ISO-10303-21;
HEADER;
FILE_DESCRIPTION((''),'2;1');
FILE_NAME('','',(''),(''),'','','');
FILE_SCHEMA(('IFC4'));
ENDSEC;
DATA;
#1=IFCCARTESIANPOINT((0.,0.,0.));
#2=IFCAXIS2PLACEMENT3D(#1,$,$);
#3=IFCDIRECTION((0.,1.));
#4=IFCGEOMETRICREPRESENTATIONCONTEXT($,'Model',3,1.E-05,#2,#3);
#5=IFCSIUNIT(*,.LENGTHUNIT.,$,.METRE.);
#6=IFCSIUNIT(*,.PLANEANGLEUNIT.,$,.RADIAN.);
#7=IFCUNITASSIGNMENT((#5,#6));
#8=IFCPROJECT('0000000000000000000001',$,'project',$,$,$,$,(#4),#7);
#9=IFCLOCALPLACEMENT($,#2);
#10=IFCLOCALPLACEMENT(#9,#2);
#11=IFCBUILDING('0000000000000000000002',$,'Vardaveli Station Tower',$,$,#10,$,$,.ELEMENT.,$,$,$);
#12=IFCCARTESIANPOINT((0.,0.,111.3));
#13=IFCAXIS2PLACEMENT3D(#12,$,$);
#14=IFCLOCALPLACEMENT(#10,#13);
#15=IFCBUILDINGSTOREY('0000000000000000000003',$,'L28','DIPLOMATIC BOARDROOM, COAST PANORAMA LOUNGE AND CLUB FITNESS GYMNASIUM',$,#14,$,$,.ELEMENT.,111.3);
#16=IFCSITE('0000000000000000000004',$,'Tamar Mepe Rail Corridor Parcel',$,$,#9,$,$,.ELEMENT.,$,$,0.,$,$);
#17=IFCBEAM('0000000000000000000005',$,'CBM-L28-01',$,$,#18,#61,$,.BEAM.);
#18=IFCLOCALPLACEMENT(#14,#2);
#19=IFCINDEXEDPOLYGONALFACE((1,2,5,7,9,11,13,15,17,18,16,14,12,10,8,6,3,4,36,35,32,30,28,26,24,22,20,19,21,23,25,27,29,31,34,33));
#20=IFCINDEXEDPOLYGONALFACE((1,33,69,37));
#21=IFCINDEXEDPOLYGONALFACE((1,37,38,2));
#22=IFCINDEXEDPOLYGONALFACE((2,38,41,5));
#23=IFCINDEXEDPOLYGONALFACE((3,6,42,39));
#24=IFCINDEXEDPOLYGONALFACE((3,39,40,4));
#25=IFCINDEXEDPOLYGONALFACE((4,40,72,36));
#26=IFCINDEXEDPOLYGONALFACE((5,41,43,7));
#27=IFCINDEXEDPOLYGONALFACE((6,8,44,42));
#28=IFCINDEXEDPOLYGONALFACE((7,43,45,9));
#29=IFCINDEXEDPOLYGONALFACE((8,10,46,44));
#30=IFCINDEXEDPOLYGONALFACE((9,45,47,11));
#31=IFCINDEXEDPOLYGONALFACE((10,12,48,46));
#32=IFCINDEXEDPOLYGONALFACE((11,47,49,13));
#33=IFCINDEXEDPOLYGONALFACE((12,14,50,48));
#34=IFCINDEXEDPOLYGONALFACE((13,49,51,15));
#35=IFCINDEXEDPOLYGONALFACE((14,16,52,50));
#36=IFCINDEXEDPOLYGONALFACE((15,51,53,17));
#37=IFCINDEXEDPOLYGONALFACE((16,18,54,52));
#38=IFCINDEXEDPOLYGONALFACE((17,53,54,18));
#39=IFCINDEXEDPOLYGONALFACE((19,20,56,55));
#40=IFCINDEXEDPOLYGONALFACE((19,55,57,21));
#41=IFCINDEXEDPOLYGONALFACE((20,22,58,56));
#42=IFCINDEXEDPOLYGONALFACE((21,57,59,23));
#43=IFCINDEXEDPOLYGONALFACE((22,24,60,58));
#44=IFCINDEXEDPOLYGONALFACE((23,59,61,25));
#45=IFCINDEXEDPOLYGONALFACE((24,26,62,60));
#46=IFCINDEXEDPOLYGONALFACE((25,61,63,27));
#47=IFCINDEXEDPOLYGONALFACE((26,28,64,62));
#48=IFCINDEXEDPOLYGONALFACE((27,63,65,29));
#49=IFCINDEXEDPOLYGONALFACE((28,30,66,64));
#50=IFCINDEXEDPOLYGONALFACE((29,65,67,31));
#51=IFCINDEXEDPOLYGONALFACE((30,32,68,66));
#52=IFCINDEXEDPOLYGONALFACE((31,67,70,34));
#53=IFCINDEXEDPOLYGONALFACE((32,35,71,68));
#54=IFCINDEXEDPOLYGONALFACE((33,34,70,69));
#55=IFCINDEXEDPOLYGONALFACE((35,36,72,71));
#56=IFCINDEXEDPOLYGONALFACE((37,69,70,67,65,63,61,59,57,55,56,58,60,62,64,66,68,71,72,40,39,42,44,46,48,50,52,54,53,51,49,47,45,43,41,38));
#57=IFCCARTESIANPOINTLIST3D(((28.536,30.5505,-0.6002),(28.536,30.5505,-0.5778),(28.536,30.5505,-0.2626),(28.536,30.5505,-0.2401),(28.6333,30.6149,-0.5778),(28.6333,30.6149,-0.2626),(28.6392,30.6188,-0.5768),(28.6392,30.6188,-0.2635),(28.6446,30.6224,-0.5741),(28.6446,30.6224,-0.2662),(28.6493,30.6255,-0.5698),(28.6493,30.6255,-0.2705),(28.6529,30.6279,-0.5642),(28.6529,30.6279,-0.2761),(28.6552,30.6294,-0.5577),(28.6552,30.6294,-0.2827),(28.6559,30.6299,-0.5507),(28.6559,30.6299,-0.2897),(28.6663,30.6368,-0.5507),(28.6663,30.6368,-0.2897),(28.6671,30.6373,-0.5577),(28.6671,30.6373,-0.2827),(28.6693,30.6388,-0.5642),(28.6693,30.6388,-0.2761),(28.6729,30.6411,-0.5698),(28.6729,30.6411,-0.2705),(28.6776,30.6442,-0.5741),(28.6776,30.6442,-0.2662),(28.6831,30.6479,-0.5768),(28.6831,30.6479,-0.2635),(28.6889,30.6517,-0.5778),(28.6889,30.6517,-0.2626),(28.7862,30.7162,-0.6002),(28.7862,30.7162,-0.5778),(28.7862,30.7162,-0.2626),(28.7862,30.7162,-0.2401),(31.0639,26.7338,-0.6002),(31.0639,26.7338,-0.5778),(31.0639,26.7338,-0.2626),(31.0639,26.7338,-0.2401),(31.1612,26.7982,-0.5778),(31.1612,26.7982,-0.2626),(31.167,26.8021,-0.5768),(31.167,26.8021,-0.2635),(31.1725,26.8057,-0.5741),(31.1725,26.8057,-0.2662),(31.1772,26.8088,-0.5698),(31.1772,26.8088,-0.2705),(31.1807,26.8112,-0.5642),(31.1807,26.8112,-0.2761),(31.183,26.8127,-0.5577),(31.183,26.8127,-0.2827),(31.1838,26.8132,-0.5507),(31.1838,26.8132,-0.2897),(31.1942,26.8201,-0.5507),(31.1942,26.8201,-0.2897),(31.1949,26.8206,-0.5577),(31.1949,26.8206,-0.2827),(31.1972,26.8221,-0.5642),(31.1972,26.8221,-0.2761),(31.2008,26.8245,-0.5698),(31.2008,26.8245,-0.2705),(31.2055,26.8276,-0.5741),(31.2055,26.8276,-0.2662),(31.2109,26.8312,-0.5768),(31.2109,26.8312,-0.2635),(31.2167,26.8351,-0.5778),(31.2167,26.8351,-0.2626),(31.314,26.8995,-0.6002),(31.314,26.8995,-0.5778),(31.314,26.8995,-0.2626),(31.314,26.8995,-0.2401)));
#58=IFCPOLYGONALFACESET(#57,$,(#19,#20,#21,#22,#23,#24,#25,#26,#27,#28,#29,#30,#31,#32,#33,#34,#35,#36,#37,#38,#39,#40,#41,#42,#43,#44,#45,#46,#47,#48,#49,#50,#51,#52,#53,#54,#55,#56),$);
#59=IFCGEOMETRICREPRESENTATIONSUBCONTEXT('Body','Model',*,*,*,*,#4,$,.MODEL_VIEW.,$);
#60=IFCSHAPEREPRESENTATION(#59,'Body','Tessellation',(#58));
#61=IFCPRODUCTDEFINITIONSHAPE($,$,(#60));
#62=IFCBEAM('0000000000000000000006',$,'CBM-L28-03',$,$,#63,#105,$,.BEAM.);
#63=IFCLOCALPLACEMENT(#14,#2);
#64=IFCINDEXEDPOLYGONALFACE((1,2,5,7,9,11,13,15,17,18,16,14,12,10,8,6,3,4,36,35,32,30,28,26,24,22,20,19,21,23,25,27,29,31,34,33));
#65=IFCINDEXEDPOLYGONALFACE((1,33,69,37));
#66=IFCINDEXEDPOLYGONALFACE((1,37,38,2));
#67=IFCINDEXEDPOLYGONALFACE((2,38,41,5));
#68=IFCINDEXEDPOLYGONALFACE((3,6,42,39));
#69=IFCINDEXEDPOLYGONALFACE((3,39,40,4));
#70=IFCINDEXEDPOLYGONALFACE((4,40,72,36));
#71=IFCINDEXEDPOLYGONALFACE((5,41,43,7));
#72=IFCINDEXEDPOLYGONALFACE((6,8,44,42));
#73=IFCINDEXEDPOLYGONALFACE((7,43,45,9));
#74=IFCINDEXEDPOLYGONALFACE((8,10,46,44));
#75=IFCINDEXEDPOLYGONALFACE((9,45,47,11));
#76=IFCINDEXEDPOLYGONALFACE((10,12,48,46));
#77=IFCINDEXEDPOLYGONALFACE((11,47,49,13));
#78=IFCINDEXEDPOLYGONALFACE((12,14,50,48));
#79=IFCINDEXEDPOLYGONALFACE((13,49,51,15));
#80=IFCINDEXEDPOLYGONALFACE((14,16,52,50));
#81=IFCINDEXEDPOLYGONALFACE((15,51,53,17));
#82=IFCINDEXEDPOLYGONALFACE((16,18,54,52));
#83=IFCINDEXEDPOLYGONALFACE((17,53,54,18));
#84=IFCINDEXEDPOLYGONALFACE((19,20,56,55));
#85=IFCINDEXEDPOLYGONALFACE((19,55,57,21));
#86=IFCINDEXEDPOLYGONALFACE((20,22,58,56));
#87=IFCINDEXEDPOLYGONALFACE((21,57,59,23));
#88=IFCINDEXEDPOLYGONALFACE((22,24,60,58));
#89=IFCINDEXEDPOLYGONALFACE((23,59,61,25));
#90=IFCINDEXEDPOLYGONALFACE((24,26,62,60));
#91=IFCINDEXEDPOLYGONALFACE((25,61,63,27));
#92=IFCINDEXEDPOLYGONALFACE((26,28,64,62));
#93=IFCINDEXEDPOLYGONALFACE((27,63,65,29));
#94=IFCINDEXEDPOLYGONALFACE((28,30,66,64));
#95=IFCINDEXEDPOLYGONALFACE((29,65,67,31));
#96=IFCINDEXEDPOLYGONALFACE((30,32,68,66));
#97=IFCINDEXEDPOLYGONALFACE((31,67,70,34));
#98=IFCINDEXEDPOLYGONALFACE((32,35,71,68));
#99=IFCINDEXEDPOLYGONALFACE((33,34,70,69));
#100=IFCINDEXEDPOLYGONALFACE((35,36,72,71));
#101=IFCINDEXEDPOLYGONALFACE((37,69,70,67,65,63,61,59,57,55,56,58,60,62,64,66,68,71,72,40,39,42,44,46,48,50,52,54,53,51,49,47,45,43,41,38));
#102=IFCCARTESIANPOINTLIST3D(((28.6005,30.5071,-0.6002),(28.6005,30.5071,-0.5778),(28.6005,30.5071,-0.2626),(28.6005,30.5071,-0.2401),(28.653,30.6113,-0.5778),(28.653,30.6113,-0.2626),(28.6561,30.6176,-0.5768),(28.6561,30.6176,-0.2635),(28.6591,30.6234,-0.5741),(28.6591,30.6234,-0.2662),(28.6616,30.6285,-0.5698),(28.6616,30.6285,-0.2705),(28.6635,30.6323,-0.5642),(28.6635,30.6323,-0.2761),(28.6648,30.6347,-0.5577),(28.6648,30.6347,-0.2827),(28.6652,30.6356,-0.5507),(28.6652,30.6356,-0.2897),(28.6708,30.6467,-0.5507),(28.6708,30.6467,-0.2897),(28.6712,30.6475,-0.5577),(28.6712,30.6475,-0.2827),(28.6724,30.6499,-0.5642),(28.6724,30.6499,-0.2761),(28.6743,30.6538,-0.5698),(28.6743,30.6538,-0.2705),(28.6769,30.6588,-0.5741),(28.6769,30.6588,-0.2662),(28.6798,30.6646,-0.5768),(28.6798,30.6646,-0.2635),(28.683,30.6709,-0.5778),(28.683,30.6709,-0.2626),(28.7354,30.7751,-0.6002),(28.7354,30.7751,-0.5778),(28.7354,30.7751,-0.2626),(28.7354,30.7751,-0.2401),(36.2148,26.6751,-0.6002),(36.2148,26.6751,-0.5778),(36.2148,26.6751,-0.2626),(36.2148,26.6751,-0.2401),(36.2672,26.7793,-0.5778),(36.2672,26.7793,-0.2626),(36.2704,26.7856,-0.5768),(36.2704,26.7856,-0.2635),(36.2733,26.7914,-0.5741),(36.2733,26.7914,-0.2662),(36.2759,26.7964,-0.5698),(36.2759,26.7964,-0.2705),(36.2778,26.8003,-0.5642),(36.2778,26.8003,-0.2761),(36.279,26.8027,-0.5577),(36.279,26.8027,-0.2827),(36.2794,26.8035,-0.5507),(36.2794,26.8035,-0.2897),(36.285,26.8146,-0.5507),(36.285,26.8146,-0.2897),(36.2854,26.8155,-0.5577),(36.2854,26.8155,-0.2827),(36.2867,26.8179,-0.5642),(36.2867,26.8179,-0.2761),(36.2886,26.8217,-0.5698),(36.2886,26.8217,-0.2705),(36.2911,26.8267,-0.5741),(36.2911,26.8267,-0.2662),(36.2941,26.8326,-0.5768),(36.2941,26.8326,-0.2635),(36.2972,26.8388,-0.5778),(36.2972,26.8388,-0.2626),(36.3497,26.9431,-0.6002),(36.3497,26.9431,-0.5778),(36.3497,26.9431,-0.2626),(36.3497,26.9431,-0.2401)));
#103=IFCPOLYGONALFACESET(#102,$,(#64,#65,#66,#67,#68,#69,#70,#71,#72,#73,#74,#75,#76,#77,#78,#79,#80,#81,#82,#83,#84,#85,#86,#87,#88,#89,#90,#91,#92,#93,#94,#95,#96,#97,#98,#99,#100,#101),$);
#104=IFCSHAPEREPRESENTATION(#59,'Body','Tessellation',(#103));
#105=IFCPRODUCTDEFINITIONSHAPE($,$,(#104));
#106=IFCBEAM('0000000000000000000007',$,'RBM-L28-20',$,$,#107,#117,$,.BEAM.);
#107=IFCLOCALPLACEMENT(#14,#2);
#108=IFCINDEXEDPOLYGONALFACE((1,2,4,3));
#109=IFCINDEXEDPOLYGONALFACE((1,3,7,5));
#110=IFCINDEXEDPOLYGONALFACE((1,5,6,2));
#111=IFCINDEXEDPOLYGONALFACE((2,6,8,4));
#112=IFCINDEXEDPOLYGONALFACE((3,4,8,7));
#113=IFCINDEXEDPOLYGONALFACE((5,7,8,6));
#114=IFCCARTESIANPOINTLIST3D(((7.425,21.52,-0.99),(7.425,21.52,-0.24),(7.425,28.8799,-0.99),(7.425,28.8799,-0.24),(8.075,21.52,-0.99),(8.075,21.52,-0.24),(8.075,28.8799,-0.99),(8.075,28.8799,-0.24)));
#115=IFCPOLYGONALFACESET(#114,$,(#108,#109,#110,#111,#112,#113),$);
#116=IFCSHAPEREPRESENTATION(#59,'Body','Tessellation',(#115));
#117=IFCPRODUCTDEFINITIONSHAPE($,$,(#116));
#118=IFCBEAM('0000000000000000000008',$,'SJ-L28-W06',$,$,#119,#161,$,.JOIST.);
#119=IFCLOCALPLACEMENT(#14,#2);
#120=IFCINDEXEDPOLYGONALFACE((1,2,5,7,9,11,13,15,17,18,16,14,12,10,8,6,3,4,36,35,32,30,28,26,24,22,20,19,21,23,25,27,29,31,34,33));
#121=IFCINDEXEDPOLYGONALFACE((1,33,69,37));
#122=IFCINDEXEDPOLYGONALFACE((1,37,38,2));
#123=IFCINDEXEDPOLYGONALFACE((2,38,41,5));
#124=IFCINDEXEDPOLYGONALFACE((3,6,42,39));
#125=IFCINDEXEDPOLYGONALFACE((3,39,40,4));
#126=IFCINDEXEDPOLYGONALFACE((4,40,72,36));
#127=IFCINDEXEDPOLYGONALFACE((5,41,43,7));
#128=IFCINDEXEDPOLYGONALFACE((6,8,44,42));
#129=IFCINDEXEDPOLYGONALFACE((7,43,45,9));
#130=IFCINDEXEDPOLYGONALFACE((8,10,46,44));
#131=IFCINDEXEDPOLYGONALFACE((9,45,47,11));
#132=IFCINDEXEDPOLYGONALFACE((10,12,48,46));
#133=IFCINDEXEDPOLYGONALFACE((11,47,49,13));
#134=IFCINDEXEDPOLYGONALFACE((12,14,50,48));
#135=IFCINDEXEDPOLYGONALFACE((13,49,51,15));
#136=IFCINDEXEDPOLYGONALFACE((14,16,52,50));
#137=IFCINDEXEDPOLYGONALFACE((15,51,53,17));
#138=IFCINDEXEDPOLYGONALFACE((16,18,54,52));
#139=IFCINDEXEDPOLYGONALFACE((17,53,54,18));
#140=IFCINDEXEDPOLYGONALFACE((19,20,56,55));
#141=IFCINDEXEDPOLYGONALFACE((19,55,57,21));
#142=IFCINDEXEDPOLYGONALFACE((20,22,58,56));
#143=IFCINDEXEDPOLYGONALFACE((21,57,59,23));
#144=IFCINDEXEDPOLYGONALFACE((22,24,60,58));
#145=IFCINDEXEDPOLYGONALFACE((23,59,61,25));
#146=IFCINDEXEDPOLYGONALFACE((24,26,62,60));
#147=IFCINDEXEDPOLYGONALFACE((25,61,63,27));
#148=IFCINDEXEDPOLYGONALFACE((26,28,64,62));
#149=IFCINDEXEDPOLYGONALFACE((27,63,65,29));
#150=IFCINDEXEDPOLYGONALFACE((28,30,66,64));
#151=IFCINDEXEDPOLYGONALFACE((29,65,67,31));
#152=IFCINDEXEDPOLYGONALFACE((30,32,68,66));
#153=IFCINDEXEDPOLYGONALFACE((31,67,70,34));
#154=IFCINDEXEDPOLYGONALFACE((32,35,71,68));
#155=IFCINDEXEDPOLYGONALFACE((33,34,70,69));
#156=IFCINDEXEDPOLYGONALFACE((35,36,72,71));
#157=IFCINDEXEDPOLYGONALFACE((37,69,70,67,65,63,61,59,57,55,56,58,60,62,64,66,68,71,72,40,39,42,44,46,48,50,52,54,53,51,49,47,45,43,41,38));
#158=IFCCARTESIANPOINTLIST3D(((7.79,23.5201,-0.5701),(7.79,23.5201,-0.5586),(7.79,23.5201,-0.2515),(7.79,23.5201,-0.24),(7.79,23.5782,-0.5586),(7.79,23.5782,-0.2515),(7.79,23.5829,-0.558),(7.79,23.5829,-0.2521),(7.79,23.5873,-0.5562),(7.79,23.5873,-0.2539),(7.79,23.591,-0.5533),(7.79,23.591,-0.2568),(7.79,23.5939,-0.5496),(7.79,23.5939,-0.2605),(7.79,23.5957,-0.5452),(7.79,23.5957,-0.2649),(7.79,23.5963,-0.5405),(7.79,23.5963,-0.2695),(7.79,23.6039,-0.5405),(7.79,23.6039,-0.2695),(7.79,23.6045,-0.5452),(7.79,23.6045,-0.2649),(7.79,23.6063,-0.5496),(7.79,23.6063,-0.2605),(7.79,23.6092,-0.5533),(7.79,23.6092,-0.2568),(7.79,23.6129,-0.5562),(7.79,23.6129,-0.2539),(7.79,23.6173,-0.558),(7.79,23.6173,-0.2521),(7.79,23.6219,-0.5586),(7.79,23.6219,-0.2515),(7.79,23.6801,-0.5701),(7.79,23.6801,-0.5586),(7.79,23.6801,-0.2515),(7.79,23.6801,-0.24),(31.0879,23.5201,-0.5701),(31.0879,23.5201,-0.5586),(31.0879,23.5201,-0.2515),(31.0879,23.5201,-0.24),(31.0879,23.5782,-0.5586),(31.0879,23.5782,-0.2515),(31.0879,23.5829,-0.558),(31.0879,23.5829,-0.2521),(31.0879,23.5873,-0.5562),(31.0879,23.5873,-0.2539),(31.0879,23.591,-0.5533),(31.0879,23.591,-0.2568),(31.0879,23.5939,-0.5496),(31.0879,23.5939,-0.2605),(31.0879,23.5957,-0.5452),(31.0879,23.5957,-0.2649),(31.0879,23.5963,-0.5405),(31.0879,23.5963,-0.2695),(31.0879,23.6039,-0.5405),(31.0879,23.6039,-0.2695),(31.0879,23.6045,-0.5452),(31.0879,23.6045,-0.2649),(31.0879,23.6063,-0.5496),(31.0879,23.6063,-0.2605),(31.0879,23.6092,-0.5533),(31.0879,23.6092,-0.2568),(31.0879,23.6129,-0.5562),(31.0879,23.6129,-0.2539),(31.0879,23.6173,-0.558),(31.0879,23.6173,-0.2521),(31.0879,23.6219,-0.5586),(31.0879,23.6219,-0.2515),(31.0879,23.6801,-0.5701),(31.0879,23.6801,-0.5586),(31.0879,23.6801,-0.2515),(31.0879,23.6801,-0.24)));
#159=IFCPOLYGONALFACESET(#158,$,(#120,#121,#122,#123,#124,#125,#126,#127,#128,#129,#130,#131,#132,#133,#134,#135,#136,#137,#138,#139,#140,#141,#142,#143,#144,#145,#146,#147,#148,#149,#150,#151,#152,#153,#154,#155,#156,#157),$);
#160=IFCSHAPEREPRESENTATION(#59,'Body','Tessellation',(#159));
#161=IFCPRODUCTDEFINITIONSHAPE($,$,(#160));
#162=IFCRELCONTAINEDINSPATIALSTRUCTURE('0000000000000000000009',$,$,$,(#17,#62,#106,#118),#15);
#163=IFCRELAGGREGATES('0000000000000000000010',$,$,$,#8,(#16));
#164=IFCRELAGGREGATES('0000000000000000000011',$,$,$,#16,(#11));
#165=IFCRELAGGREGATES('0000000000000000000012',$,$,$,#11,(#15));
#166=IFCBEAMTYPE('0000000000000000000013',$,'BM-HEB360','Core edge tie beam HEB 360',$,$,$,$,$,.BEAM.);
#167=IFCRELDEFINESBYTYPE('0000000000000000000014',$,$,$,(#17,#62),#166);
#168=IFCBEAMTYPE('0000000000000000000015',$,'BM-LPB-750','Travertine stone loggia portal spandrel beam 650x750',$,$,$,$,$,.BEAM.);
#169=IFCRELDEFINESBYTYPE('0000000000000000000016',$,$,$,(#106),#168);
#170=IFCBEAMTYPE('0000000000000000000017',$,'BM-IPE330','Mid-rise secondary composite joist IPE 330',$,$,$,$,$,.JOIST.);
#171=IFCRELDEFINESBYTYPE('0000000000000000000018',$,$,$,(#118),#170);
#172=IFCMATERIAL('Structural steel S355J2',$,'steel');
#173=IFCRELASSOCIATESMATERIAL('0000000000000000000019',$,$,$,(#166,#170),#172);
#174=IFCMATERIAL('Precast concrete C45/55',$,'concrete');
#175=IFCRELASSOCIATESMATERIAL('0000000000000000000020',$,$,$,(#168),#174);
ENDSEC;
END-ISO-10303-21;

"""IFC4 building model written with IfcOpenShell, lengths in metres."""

from ifc_helpers import new_model, si_unit, direction, frame, origin, origin_2d, place, context, subcontext, project, spatial, rectangle, i_section, extrude, source, transform, mapped, material, material_profile, profile_set, type_object, element, save


model = new_model("IFC4")

# Units and contexts
model_context = context("Model", 3, precision=1e-05, world=origin(), true_north=direction((0.0, 1.0)))
body_context = subcontext(model_context, "Body", "Model", "MODEL_VIEW")
ifc_project = project(units=[si_unit("LENGTHUNIT", "METRE"), si_unit("PLANEANGLEUNIT", "RADIAN")], contexts=[model_context])

# Site, building, storey
site_placement = place(None, origin())
site = spatial("IfcSite", under=ifc_project, at=site_placement, Name="Tamar Mepe Rail Corridor Parcel", CompositionType="ELEMENT", RefElevation=0.0)
building_placement = place(site_placement, origin())
building = spatial("IfcBuilding", under=site, at=building_placement, Name="Vardaveli Station Tower", CompositionType="ELEMENT")
storey_placement = place(building_placement, frame((0.0, 0.0, 111.3)))
storey = spatial("IfcBuildingStorey", under=building, at=storey_placement, Name="L28", Description="DIPLOMATIC BOARDROOM, COAST PANORAMA LOUNGE AND CLUB FITNESS GYMNASIUM", CompositionType="ELEMENT", Elevation=111.3)

# Beams
ifc_material_1 = material(Name="Structural steel S355J2", Category="steel")
ifc_material_profile_1 = material_profile(ifc_material_1, i_section(OverallWidth=0.3, OverallDepth=0.3601, WebThickness=0.0125, FlangeThickness=0.0225, FilletRadius=0.0271, at=origin_2d()), Name="HEB 360")
ifc_profile_set_1 = profile_set([ifc_material_profile_1], Name="Structural steel S355J2")
beam_type_1 = type_object("IfcBeamType", Name="BM-HEB360", Description="Core edge tie beam HEB 360", PredefinedType="BEAM", material=ifc_profile_set_1)
shared_shape_1 = source(origin(), body_context, "Body", "SweptSolid", [
    extrude(i_section(OverallWidth=0.3, OverallDepth=0.3601, WebThickness=0.0125, FlangeThickness=0.0225, FilletRadius=0.0271, at=origin_2d()), origin(), (0.0, 0.0, 1.0), 4.5779),
])
beam_1_placement = place(storey_placement, frame((31.189, 26.8167, -0.4202), z_axis=(-0.552187, 0.83372, 0.0), x_axis=(-0.83372, -0.552187, 0.0)))
element("IfcBeam", 1, at=beam_1_placement, inside=storey, type_object=beam_type_1, Name="CBM-L28-01", PredefinedType="BEAM", context=body_context, shape_type="MappedRepresentation", body=[
    mapped(shared_shape_1, transform((0.0, 0.0, 0.0), scale=1.0)),
])
shared_shape_2 = source(origin(), body_context, "Body", "SweptSolid", [
    extrude(i_section(OverallWidth=0.3, OverallDepth=0.3601, WebThickness=0.0125, FlangeThickness=0.0225, FilletRadius=0.0271, at=origin_2d()), origin(), (0.0, 0.0, 1.0), 8.5242),
])
beam_2_placement = place(storey_placement, frame((28.668, 30.6411, -0.4202), z_axis=(0.893256, -0.449549, 0.0), x_axis=(0.449549, 0.893256, 0.0)))
element("IfcBeam", 2, at=beam_2_placement, inside=storey, type_object=beam_type_1, Name="CBM-L28-03", PredefinedType="BEAM", context=body_context, shape_type="MappedRepresentation", body=[
    mapped(shared_shape_2, transform((0.0, 0.0, 0.0), scale=1.0)),
])
ifc_material_2 = material(Name="Precast concrete C45/55", Category="concrete")
ifc_material_profile_2 = material_profile(ifc_material_2, rectangle(XDim=0.6499, YDim=0.75, at=origin_2d()), Name="LPB 650x750")
ifc_profile_set_2 = profile_set([ifc_material_profile_2], Name="Precast concrete C45/55")
beam_type_2 = type_object("IfcBeamType", Name="BM-LPB-750", Description="Travertine stone loggia portal spandrel beam 650x750", PredefinedType="BEAM", material=ifc_profile_set_2)
shared_shape_3 = source(origin(), body_context, "Body", "SweptSolid", [
    extrude(rectangle(XDim=0.6499, YDim=0.75, at=origin_2d()), origin(), (0.0, 0.0, 1.0), 7.3599),
])
beam_3_placement = place(storey_placement, frame((7.75, 28.8799, -0.615), z_axis=(0.0, -1.0, 0.0), x_axis=(1.0, 0.0, 0.0)))
element("IfcBeam", 3, at=beam_3_placement, inside=storey, type_object=beam_type_2, Name="RBM-L28-20", PredefinedType="BEAM", context=body_context, shape_type="MappedRepresentation", body=[
    mapped(shared_shape_3, transform((0.0, 0.0, 0.0), scale=1.0)),
])
ifc_material_profile_3 = material_profile(ifc_material_1, i_section(OverallWidth=0.1599, OverallDepth=0.3301, WebThickness=0.0076, FlangeThickness=0.0115, FilletRadius=0.0181, at=origin_2d()), Name="IPE 330")
ifc_profile_set_3 = profile_set([ifc_material_profile_3], Name="Structural steel S355J2")
beam_type_3 = type_object("IfcBeamType", Name="BM-IPE330", Description="Mid-rise secondary composite joist IPE 330", PredefinedType="JOIST", material=ifc_profile_set_3)
shared_shape_4 = source(origin(), body_context, "Body", "SweptSolid", [
    extrude(i_section(OverallWidth=0.1599, OverallDepth=0.3301, WebThickness=0.0076, FlangeThickness=0.0115, FilletRadius=0.0181, at=origin_2d()), origin(), (0.0, 0.0, 1.0), 23.2979),
])
beam_4_placement = place(storey_placement, frame((7.79, 23.6001, -0.405), z_axis=(1.0, 0.0, 0.0), x_axis=(0.0, 1.0, 0.0)))
element("IfcBeam", 4, at=beam_4_placement, inside=storey, type_object=beam_type_3, Name="SJ-L28-W06", PredefinedType="JOIST", context=body_context, shape_type="MappedRepresentation", body=[
    mapped(shared_shape_4, transform((0.0, 0.0, 0.0), scale=1.0)),
])

save(model, "model.ifc")
